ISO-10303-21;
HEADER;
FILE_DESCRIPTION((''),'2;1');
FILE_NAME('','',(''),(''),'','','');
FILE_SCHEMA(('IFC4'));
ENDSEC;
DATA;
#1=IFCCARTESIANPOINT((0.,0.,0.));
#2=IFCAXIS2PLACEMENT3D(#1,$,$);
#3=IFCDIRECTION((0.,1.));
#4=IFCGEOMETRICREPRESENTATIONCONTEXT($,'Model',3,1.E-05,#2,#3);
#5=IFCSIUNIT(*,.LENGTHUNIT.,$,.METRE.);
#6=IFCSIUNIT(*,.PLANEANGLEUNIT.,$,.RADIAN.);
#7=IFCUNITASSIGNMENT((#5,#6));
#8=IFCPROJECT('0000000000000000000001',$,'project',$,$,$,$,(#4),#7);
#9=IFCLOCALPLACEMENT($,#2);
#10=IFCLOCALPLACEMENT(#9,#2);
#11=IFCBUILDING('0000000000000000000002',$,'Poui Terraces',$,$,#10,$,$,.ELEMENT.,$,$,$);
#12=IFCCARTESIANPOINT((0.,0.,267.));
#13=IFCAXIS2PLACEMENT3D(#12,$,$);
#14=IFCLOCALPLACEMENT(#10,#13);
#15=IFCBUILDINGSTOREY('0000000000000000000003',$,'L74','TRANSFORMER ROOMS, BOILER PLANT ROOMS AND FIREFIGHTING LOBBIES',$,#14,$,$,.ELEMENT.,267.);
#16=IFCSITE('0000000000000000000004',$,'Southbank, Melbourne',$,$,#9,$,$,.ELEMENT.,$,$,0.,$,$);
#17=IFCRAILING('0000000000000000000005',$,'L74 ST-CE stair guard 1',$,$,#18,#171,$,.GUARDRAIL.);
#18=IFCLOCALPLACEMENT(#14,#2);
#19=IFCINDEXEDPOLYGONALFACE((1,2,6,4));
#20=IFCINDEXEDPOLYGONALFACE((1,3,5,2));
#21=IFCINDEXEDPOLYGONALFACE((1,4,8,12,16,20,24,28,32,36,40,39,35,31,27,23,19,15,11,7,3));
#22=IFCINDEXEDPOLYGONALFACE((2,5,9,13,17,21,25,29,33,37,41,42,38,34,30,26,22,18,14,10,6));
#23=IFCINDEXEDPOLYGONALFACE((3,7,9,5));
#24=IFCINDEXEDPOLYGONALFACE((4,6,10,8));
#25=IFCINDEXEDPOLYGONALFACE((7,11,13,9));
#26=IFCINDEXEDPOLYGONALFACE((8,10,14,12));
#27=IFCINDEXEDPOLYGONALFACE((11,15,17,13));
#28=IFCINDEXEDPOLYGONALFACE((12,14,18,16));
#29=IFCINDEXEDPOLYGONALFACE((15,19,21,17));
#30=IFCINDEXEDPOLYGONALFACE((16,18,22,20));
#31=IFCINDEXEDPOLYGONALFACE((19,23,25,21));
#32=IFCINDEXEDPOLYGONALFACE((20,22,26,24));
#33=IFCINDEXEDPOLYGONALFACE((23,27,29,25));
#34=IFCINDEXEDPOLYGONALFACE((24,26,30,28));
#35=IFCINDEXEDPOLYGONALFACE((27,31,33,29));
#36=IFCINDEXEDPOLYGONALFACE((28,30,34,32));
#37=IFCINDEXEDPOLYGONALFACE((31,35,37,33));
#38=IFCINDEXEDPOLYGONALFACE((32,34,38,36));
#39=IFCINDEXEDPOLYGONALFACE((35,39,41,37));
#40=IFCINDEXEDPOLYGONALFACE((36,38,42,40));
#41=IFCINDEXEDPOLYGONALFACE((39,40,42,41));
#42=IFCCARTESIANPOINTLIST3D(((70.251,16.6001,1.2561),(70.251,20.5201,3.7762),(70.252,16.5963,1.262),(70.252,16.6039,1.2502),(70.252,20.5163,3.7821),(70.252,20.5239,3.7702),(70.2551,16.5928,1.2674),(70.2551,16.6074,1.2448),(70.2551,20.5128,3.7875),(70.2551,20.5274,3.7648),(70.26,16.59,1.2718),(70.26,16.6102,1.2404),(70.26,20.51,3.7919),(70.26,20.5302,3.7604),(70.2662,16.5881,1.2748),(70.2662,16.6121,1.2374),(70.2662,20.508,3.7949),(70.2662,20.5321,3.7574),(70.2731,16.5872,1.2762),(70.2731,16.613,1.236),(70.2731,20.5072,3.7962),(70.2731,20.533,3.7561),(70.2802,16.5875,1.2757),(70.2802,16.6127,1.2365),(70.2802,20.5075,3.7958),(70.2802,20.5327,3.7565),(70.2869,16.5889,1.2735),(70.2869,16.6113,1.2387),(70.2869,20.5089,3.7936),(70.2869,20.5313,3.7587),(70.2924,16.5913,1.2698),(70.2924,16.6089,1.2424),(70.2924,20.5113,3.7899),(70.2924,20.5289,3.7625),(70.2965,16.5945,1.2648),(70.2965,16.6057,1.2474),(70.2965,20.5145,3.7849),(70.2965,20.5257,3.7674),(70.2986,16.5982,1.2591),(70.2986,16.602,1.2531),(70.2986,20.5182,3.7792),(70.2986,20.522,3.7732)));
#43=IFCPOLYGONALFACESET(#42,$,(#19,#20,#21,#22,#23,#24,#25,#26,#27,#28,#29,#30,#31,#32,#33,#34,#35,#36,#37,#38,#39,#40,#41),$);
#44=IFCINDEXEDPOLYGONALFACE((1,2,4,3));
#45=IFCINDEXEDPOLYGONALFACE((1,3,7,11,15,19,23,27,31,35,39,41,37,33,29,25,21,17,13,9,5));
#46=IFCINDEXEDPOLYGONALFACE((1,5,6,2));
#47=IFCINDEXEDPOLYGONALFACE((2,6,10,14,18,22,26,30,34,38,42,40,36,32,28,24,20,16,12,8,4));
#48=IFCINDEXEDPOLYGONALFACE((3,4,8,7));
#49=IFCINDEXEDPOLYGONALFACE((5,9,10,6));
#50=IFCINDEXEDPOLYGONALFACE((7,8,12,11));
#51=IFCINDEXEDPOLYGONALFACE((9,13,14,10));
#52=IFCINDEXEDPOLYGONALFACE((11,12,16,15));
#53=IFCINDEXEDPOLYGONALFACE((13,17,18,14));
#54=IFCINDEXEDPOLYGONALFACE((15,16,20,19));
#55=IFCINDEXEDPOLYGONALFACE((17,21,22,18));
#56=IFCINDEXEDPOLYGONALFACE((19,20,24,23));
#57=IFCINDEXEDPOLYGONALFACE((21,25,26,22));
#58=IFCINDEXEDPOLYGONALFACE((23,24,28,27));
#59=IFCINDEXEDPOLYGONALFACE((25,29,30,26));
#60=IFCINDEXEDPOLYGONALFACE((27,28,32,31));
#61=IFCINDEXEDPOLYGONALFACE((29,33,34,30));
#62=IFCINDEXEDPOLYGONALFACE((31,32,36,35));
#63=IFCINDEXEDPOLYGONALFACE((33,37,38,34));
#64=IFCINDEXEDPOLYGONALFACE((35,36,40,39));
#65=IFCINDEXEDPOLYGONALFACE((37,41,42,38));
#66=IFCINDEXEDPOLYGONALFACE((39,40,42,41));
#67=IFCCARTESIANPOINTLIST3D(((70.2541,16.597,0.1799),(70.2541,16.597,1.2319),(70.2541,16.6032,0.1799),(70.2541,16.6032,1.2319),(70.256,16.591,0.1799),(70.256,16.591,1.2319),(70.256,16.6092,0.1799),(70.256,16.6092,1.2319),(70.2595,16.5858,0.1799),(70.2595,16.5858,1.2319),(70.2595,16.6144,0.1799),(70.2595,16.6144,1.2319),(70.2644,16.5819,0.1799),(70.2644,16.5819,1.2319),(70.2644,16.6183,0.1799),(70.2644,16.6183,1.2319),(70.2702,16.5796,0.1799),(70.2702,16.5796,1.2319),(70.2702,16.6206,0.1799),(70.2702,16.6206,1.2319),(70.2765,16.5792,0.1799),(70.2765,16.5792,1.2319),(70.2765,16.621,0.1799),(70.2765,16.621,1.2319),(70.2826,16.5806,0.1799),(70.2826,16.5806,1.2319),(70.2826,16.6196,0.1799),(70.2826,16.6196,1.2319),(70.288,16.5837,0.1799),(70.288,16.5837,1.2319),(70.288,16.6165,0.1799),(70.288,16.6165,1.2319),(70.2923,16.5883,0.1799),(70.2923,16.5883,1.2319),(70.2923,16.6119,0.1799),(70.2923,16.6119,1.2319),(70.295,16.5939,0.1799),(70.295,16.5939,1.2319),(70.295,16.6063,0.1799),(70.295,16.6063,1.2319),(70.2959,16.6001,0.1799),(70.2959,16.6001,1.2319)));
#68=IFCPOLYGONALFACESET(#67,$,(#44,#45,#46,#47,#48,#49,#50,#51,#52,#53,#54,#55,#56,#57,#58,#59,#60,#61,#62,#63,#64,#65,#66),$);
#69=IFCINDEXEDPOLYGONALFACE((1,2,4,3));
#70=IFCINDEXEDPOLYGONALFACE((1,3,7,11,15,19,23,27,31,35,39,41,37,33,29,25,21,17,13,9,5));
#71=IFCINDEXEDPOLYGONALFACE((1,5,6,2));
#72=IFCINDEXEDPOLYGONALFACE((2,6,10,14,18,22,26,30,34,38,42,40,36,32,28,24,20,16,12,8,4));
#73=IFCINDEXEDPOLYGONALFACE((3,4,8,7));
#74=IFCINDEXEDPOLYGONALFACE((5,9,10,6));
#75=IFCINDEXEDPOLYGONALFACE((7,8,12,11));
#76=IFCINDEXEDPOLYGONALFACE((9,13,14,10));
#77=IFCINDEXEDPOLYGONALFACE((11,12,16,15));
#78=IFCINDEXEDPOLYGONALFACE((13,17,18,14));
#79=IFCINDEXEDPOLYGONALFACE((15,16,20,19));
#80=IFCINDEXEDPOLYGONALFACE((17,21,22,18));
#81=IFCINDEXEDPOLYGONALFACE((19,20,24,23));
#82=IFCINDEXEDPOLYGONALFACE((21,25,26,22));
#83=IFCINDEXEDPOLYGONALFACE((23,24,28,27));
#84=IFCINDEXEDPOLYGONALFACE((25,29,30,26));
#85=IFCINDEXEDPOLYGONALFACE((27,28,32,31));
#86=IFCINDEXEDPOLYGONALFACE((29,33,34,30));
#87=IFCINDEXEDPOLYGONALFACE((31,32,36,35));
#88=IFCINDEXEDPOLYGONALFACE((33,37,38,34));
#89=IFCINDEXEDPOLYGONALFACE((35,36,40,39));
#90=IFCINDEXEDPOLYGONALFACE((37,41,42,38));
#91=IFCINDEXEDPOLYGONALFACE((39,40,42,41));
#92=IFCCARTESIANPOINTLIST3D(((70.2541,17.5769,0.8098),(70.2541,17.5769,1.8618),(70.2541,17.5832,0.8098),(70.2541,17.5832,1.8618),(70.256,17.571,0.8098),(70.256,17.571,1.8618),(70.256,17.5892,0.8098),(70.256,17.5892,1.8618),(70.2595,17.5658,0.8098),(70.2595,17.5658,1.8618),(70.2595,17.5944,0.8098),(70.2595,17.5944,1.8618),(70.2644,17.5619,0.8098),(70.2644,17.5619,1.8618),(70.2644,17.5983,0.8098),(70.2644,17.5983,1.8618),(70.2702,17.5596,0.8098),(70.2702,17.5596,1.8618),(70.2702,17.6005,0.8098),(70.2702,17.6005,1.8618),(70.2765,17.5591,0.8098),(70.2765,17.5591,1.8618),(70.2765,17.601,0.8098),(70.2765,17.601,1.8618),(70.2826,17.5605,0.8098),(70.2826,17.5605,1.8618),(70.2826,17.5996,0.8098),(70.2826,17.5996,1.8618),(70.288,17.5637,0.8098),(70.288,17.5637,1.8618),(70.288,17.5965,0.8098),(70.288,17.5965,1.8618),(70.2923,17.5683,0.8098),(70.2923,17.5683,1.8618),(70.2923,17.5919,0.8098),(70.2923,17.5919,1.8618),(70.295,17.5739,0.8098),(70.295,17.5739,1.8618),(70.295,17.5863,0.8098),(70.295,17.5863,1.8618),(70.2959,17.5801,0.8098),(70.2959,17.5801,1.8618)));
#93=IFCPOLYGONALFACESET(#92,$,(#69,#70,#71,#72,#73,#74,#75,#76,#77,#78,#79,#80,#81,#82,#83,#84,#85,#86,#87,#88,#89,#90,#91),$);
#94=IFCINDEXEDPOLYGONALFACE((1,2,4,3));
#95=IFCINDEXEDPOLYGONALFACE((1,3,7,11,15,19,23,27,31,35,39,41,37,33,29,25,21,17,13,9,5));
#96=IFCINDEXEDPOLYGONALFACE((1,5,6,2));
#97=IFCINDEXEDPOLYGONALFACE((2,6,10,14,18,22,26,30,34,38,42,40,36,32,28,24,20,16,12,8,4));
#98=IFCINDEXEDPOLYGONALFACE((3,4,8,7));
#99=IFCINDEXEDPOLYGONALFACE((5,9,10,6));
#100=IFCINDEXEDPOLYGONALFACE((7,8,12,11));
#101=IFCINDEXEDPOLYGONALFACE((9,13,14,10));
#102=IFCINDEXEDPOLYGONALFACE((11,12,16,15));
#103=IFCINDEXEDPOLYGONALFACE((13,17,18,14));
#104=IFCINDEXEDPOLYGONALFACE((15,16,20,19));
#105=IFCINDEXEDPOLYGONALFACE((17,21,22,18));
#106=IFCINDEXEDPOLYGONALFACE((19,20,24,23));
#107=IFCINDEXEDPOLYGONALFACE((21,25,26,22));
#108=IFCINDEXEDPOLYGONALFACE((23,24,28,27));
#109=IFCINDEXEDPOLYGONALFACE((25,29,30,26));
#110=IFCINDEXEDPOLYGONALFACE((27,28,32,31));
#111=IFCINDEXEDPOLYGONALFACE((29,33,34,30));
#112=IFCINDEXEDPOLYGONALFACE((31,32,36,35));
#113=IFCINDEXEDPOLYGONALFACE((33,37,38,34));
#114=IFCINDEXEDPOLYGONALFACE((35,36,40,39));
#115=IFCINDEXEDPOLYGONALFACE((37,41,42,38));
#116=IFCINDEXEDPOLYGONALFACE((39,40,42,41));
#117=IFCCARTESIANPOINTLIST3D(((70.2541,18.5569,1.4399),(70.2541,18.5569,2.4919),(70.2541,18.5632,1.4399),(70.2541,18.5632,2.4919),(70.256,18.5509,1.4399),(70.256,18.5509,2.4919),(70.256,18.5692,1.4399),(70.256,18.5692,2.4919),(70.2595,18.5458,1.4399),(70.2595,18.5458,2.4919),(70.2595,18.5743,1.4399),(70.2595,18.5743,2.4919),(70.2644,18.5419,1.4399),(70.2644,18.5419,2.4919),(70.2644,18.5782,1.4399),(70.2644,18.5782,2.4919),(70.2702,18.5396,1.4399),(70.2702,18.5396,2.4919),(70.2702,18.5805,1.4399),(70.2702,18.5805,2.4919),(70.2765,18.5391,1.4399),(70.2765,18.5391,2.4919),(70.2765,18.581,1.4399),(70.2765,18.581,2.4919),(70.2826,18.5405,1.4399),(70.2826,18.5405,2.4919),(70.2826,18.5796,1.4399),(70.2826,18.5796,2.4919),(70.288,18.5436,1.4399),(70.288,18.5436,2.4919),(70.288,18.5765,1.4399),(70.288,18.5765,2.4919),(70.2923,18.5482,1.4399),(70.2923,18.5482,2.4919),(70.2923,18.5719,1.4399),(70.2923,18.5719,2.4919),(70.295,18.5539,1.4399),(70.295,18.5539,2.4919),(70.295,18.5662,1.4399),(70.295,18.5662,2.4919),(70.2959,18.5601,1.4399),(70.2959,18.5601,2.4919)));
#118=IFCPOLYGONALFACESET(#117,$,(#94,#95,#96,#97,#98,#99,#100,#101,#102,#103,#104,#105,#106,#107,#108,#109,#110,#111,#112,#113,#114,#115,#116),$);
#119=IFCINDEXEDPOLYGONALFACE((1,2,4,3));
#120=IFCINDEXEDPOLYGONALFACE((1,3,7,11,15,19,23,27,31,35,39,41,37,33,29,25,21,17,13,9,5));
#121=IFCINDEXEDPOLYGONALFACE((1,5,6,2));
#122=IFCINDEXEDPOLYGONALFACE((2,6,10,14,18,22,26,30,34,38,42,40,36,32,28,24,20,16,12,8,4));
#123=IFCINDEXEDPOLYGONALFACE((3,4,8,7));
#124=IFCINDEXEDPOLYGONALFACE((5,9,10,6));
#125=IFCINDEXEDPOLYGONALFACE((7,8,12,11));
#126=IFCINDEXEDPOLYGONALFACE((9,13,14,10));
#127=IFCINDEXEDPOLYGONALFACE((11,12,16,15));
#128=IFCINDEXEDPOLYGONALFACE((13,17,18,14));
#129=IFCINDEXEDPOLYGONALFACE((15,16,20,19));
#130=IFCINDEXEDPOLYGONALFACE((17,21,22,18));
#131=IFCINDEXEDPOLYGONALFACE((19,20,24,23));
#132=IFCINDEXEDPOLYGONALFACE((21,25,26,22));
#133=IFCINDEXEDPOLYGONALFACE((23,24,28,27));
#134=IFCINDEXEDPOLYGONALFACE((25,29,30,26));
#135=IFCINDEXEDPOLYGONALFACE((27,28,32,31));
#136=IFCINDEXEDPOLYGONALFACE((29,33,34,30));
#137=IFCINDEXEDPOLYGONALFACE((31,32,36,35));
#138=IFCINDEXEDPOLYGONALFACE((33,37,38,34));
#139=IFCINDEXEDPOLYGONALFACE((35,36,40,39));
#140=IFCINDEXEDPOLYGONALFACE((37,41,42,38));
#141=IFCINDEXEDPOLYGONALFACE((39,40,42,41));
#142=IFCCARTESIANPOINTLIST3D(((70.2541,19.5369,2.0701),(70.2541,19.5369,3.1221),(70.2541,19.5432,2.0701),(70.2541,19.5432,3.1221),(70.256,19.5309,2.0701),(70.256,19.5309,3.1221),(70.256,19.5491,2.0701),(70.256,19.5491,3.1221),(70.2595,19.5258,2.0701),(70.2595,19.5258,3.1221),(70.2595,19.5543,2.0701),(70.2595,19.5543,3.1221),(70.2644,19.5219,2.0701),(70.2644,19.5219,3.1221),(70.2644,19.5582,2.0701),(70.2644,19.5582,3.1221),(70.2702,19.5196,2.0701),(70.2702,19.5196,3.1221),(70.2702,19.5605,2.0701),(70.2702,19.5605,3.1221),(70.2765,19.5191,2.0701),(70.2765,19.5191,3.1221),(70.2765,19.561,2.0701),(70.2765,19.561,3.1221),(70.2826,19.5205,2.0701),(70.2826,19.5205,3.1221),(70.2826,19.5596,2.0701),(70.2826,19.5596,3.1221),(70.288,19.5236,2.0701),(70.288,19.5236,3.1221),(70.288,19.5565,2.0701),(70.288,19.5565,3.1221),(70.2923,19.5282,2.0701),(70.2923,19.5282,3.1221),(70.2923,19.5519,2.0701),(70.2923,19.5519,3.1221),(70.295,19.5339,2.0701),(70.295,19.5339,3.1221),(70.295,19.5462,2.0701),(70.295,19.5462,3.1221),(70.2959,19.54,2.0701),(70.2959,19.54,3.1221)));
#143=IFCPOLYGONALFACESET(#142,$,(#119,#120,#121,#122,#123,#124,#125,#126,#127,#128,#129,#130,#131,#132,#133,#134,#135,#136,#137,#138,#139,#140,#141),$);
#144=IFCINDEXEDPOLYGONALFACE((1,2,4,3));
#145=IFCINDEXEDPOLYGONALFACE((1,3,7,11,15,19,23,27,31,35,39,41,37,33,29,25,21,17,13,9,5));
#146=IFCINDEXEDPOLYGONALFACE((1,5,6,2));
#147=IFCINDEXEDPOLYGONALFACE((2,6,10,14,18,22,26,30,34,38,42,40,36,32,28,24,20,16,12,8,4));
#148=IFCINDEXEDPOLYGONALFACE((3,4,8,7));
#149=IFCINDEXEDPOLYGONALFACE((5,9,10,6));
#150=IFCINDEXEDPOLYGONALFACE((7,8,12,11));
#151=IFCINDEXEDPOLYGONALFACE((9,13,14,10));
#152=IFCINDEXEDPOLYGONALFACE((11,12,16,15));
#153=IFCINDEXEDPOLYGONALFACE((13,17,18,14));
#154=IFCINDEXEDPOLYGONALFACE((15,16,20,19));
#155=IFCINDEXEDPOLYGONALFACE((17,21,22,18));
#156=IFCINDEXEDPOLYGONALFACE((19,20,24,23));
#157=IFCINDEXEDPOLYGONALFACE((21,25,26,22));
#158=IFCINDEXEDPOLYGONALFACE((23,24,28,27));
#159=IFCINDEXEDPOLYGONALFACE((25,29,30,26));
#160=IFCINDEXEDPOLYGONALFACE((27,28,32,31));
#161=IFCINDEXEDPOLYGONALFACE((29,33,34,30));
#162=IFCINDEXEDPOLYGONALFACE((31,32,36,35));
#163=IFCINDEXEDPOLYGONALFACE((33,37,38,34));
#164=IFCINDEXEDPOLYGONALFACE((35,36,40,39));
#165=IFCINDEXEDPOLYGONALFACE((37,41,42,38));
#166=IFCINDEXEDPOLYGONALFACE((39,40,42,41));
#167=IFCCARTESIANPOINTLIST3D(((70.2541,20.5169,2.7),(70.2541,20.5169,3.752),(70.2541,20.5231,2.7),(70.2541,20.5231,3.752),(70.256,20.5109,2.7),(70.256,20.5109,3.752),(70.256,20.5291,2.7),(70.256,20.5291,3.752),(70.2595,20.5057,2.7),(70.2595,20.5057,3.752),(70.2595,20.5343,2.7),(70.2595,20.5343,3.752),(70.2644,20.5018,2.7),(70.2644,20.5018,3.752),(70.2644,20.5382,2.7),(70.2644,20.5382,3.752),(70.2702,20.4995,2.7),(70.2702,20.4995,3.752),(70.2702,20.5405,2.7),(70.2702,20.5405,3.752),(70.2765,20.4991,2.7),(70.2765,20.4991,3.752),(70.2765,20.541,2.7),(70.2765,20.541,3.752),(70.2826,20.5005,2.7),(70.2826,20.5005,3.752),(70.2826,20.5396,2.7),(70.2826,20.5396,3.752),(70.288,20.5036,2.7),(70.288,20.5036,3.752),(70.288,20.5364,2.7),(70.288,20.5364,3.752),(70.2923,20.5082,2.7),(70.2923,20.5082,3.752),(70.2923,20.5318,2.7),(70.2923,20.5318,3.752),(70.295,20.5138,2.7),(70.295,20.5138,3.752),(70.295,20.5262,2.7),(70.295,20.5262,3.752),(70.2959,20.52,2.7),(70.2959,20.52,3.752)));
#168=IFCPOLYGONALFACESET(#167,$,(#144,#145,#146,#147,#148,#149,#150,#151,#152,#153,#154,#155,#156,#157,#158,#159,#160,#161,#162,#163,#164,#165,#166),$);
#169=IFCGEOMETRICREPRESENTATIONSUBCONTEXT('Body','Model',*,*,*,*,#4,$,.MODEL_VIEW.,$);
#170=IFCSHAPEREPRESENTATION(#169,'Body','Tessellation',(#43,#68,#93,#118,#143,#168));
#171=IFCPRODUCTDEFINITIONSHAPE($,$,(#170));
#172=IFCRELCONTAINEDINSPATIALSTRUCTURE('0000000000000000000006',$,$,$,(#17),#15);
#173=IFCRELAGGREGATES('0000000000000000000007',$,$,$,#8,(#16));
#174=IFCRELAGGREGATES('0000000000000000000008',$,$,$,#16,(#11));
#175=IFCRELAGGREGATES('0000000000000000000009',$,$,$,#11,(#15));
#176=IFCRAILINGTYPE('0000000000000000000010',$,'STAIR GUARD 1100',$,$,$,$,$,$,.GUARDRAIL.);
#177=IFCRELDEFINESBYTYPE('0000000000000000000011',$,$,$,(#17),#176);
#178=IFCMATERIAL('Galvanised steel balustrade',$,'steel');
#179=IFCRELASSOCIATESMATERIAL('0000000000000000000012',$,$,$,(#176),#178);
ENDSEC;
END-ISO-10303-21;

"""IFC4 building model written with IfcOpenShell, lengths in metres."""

from ifc_helpers import new_model, si_unit, direction, frame, origin, origin_2d, place, context, subcontext, project, spatial, circle, extrude, material, type_object, element, save


model = new_model("IFC4")

# Units and contexts
model_context = context("Model", 3, precision=1e-05, world=origin(), true_north=direction((0.0, 1.0)))
body_context = subcontext(model_context, "Body", "Model", "MODEL_VIEW")
ifc_project = project(units=[si_unit("LENGTHUNIT", "METRE"), si_unit("PLANEANGLEUNIT", "RADIAN")], contexts=[model_context])

# Site, building, storey
site_placement = place(None, origin())
site = spatial("IfcSite", under=ifc_project, at=site_placement, Name="Southbank, Melbourne", CompositionType="ELEMENT", RefElevation=0.0)
building_placement = place(site_placement, origin())
building = spatial("IfcBuilding", under=site, at=building_placement, Name="Poui Terraces", CompositionType="ELEMENT")
storey_placement = place(building_placement, frame((0.0, 0.0, 267.0)))
storey = spatial("IfcBuildingStorey", under=building, at=storey_placement, Name="L74", Description="TRANSFORMER ROOMS, BOILER PLANT ROOMS AND FIREFIGHTING LOBBIES", CompositionType="ELEMENT", Elevation=267.0)

# Railing
ifc_material_1 = material(Name="Galvanised steel balustrade", Category="steel")
railing_type_1 = type_object("IfcRailingType", Name="STAIR GUARD 1100", PredefinedType="GUARDRAIL", material=ifc_material_1)
railing_1_placement = place(storey_placement, frame((70.2749, 16.6001, 0.1799)))
element("IfcRailing", 1, at=railing_1_placement, inside=storey, type_object=railing_type_1, Name="L74 ST-CE stair guard 1", PredefinedType="GUARDRAIL", context=body_context, shape_type="SweptSolid", body=[
    extrude(circle(Radius=0.0239, at=origin_2d()), frame((0.0, 0.0, 1.0762), z_axis=(0.0, 0.841172, 0.540768), x_axis=(-1.0, 0.0, 0.0)), (0.0, 0.0, 1.0), 4.6602),
    extrude(circle(Radius=0.021, at=origin_2d()), origin(), (0.0, 0.0, 1.0), 1.052),
    extrude(circle(Radius=0.021, at=origin_2d()), frame((0.0, 0.98, 0.6299)), (0.0, 0.0, 1.0), 1.052),
    extrude(circle(Radius=0.021, at=origin_2d()), frame((0.0, 1.96, 1.26)), (0.0, 0.0, 1.0), 1.052),
    extrude(circle(Radius=0.021, at=origin_2d()), frame((0.0, 2.9399, 1.8901)), (0.0, 0.0, 1.0), 1.052),
    extrude(circle(Radius=0.021, at=origin_2d()), frame((0.0, 3.9199, 2.52)), (0.0, 0.0, 1.0), 1.052),
])

save(model, "model.ifc")
